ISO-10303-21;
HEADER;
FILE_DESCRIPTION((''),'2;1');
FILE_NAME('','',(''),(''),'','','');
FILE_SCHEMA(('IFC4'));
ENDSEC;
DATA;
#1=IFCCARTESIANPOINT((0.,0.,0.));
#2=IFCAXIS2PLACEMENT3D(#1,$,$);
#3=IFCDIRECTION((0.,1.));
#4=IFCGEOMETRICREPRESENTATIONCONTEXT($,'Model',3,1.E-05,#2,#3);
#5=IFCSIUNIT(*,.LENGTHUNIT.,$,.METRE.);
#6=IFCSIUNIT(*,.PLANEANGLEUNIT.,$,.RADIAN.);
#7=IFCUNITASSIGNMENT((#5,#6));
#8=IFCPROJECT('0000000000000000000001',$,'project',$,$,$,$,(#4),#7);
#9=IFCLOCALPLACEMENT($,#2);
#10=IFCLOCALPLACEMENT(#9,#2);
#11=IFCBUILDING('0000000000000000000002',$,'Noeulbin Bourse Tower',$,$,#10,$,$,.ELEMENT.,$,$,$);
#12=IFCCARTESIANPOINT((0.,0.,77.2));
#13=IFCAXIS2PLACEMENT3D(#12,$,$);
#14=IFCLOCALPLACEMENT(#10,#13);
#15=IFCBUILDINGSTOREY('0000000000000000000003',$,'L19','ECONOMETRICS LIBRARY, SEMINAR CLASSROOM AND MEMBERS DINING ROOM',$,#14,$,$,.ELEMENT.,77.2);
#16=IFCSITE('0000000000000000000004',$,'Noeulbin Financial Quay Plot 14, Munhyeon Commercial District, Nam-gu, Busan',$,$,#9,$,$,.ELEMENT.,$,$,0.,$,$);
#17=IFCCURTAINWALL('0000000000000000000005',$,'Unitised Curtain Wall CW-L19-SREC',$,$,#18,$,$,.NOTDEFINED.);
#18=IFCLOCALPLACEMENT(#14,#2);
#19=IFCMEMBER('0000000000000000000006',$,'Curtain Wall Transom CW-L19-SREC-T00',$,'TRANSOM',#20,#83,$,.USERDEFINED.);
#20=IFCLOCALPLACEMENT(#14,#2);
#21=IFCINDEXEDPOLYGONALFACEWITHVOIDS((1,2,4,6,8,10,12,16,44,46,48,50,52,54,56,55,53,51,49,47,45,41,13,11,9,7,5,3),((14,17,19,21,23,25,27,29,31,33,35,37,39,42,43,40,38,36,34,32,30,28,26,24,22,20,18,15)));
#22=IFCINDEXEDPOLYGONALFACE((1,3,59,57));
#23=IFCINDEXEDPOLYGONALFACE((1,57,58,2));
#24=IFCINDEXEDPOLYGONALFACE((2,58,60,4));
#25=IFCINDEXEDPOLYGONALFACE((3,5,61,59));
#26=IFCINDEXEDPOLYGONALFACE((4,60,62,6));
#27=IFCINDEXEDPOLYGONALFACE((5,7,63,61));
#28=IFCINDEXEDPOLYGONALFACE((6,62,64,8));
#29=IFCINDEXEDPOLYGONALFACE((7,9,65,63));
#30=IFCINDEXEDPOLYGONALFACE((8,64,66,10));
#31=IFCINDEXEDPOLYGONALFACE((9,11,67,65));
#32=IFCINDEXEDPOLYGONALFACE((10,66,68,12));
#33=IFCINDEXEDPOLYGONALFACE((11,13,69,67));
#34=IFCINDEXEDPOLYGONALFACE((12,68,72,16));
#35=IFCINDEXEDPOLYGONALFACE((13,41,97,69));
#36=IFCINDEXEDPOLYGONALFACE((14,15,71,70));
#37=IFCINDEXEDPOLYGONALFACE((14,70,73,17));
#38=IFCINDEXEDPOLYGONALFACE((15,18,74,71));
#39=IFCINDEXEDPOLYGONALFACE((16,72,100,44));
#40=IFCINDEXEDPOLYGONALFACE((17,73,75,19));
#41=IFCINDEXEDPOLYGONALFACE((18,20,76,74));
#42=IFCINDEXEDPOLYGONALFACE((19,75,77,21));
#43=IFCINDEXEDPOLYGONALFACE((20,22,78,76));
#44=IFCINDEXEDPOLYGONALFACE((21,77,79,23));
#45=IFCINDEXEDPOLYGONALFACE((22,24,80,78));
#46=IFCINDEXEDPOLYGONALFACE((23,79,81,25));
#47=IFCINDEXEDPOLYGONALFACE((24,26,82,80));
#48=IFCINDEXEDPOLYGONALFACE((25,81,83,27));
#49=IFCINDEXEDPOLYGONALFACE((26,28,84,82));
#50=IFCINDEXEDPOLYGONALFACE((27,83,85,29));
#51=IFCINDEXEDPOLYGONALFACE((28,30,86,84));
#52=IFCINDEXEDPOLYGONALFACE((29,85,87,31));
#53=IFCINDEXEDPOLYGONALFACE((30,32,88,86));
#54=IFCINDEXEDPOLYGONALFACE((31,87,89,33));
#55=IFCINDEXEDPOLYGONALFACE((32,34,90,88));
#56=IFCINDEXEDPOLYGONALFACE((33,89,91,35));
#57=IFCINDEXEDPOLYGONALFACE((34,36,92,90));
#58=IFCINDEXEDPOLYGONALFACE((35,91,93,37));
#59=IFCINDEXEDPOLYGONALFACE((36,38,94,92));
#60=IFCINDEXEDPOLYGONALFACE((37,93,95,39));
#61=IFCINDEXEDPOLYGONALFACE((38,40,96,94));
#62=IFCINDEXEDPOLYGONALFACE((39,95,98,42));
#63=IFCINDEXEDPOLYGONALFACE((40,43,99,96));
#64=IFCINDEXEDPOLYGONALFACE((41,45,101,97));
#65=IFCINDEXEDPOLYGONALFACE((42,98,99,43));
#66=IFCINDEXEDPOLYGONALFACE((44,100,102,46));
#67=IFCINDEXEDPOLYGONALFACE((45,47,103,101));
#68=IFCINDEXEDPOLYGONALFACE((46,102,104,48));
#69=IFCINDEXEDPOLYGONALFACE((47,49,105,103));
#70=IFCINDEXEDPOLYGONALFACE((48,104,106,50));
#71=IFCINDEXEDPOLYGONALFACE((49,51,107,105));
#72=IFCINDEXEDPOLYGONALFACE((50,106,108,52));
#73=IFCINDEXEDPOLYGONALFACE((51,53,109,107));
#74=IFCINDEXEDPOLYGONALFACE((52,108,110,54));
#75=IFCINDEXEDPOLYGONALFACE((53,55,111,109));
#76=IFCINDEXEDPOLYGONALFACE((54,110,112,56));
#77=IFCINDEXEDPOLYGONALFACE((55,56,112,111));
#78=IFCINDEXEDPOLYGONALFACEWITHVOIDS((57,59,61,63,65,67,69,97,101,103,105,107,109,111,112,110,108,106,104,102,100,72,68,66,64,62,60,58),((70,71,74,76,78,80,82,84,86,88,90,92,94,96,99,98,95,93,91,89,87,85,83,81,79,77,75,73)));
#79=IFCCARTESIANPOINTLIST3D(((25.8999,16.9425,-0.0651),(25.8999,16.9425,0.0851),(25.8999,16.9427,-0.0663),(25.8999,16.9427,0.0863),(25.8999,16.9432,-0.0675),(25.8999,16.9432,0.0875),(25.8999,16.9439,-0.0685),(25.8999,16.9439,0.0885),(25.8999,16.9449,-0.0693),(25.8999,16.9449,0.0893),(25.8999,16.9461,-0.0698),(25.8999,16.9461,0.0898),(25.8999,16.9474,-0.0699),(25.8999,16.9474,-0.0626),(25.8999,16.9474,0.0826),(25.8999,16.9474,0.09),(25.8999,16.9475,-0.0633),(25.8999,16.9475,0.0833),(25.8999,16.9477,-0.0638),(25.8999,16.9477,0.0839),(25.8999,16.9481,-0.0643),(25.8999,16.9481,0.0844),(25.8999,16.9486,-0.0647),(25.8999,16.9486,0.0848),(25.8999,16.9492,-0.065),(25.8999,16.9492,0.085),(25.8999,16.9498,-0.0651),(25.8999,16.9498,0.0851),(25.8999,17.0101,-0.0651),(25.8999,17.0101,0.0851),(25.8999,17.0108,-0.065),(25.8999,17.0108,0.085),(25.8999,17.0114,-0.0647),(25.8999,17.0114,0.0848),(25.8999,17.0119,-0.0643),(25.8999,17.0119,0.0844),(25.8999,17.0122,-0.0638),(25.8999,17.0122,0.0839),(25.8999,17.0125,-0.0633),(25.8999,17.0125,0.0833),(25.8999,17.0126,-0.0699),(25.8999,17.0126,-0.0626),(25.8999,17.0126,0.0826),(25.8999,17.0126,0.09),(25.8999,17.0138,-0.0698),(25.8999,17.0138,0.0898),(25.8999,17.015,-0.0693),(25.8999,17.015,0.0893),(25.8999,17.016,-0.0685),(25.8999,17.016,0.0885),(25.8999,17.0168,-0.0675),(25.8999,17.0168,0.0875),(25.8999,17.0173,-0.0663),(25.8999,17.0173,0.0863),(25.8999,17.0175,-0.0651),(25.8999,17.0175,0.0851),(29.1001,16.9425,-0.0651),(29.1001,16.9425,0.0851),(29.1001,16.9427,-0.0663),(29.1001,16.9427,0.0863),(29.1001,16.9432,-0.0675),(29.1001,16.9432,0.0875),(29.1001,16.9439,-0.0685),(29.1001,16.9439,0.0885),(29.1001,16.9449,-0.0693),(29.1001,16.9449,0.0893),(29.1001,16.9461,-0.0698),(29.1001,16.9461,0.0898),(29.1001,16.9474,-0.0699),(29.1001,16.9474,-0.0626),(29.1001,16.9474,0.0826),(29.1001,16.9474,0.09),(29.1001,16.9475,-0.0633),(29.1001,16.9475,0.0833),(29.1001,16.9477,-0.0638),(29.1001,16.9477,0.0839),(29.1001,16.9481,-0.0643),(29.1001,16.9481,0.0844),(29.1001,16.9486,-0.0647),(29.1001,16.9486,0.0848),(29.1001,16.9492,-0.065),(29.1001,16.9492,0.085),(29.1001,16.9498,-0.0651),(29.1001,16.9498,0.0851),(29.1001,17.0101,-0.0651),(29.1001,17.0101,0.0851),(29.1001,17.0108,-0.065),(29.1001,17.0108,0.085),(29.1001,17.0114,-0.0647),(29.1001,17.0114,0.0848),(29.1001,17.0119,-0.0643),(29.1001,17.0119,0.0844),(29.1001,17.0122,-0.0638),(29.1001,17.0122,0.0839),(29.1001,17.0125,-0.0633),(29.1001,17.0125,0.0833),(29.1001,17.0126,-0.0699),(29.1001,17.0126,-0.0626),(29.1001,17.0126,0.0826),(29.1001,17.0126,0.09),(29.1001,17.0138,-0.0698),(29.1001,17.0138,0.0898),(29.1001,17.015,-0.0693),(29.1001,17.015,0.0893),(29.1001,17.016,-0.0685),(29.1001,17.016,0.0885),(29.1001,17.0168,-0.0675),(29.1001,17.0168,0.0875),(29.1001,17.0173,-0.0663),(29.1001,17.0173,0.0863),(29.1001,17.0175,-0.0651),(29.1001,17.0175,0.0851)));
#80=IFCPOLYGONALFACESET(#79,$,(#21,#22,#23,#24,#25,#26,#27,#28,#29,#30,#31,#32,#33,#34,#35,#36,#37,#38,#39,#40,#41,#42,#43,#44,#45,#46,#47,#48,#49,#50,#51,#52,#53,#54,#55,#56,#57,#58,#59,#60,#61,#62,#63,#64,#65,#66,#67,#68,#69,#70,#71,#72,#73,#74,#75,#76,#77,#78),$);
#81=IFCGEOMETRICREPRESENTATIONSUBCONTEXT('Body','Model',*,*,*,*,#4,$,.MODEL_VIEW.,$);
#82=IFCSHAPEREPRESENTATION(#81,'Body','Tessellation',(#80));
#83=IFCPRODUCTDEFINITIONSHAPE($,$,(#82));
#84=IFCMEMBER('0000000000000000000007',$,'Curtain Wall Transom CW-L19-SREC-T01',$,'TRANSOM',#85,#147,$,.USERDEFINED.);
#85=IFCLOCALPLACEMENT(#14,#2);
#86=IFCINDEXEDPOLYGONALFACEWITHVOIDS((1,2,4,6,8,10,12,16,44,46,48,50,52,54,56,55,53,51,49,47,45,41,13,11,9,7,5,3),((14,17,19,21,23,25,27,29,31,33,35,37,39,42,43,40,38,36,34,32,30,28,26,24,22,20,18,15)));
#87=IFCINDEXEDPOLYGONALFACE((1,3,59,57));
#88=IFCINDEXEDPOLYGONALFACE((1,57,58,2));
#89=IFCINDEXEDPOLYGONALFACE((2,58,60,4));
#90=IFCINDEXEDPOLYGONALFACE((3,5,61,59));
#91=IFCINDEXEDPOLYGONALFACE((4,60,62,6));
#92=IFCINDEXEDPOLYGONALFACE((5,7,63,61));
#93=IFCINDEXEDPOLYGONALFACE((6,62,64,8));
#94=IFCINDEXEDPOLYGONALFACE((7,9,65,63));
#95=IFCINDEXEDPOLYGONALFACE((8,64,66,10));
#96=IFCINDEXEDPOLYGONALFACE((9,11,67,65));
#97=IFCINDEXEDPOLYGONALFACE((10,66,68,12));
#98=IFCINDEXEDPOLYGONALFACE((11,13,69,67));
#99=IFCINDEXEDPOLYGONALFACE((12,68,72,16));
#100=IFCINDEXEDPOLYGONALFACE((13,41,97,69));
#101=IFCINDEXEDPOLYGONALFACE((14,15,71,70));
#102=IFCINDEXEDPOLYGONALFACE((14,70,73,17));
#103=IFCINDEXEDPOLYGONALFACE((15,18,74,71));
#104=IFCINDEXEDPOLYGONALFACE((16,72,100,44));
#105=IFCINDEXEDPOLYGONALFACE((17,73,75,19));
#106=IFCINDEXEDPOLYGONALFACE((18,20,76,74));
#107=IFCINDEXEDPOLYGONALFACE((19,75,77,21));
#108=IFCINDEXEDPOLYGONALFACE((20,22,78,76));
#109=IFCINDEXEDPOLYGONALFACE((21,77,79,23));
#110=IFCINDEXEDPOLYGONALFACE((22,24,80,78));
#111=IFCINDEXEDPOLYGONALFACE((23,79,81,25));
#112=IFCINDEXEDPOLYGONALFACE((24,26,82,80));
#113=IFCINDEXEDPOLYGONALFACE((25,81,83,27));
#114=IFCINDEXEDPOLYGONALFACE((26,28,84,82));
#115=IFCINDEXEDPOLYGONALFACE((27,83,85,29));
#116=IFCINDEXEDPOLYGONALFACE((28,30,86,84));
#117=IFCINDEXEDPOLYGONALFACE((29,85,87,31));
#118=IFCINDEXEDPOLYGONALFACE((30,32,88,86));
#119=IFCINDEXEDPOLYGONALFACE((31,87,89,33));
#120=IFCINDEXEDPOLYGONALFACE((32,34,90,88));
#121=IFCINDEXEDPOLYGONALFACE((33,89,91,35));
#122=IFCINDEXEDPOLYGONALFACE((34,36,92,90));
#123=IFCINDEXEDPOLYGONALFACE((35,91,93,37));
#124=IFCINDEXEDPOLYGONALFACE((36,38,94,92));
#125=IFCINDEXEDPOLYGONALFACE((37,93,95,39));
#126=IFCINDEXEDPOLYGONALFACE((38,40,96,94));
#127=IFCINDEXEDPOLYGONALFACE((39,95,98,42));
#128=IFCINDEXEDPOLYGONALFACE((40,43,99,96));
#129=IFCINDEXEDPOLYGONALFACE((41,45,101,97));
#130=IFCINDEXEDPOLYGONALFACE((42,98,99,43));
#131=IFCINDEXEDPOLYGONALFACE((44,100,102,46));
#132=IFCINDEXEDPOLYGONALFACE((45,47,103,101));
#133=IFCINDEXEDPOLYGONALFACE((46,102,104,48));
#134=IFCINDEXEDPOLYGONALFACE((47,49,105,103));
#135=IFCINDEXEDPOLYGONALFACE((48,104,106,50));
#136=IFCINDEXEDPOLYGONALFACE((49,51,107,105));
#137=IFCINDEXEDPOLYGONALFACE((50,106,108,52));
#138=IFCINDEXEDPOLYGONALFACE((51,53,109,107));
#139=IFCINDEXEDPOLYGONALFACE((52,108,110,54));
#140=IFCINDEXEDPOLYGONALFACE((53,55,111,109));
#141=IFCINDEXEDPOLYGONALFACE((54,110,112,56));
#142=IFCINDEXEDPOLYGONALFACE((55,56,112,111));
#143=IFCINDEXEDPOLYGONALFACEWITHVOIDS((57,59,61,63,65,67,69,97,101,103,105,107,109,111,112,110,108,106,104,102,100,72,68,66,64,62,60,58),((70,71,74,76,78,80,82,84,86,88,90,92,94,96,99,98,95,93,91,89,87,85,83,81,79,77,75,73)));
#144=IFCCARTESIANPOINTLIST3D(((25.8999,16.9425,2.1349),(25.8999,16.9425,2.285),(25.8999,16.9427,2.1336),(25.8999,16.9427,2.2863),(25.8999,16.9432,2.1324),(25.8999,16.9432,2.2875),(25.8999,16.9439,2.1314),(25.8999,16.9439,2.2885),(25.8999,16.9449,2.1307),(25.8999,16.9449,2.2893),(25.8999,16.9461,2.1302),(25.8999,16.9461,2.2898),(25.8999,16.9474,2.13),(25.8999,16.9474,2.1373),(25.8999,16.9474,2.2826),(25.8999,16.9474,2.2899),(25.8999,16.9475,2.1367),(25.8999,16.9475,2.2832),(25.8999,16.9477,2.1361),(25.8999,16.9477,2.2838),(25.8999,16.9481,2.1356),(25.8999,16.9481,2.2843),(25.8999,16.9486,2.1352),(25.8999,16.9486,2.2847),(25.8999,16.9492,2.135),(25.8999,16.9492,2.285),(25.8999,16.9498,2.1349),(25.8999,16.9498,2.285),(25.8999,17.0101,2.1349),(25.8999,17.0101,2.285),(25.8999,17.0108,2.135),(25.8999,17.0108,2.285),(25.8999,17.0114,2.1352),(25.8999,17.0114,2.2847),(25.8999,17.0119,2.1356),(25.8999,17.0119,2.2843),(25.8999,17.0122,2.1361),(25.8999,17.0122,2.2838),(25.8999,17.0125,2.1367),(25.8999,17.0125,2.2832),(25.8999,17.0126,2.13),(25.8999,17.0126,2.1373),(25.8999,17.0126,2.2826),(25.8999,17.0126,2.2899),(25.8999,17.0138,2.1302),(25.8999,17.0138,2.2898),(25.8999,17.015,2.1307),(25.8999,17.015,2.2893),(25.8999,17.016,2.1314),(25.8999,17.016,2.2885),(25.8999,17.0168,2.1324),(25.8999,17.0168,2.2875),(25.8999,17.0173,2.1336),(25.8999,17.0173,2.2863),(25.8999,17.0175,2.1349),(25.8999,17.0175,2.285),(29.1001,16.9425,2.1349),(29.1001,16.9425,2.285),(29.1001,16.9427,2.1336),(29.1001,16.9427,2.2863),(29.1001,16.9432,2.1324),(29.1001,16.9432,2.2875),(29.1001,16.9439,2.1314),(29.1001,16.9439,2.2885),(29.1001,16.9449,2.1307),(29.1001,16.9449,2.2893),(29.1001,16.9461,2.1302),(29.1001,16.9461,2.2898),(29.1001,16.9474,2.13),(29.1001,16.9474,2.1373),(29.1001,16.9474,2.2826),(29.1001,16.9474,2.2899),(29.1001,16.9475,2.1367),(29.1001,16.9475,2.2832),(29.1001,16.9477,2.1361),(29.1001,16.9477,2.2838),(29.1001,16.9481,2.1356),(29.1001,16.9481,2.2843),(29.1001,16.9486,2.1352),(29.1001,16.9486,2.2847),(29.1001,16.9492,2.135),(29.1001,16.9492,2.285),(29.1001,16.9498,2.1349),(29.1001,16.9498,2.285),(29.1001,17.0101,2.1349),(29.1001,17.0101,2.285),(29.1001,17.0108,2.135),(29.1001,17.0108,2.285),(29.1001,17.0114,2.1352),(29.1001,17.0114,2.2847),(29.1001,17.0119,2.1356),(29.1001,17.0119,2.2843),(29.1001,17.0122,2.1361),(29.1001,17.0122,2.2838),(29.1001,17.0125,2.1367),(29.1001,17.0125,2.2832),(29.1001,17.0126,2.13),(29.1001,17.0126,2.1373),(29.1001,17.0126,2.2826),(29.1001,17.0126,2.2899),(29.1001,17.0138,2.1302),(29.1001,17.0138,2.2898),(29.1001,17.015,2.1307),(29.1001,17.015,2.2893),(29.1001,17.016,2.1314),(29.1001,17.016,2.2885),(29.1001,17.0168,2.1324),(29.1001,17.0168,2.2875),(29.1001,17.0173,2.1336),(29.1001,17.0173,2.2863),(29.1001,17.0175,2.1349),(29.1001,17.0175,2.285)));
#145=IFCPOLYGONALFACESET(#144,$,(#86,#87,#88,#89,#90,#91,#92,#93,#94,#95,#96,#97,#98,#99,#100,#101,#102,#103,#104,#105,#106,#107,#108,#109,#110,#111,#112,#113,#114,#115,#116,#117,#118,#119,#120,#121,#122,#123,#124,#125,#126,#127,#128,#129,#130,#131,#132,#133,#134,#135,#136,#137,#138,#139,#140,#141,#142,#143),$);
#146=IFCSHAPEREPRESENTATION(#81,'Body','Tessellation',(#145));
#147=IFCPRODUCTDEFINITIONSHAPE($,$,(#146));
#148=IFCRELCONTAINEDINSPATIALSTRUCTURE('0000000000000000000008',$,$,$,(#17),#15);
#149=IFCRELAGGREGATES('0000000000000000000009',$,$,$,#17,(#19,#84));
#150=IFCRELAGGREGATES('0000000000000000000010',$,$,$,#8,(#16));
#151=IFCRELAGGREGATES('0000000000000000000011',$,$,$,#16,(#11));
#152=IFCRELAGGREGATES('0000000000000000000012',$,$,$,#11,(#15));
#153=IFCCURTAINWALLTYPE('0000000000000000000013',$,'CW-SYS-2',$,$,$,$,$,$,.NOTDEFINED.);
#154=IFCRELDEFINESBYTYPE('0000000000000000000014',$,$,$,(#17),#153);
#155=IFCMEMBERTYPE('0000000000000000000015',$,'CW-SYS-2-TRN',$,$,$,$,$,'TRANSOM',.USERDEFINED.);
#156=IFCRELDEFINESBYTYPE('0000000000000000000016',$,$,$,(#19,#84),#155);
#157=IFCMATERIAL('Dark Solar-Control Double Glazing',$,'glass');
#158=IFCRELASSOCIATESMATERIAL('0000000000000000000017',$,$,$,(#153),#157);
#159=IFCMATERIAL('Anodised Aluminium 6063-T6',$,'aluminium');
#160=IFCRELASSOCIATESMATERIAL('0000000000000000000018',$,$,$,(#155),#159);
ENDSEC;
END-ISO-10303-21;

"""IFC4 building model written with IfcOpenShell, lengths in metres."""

from ifc_helpers import new_model, si_unit, direction, frame, origin, origin_2d, place, context, subcontext, project, spatial, hollow_rectangle, extrude, material, material_profile, profile_set, type_object, element, aggregate, save


model = new_model("IFC4")

# Units and contexts
model_context = context("Model", 3, precision=1e-05, world=origin(), true_north=direction((0.0, 1.0)))
body_context = subcontext(model_context, "Body", "Model", "MODEL_VIEW")
ifc_project = project(units=[si_unit("LENGTHUNIT", "METRE"), si_unit("PLANEANGLEUNIT", "RADIAN")], contexts=[model_context])

# Site, building, storey
site_placement = place(None, origin())
site = spatial("IfcSite", under=ifc_project, at=site_placement, Name="Noeulbin Financial Quay Plot 14, Munhyeon Commercial District, Nam-gu, Busan", CompositionType="ELEMENT", RefElevation=0.0)
building_placement = place(site_placement, origin())
building = spatial("IfcBuilding", under=site, at=building_placement, Name="Noeulbin Bourse Tower", CompositionType="ELEMENT")
storey_placement = place(building_placement, frame((0.0, 0.0, 77.2)))
storey = spatial("IfcBuildingStorey", under=building, at=storey_placement, Name="L19", Description="ECONOMETRICS LIBRARY, SEMINAR CLASSROOM AND MEMBERS DINING ROOM", CompositionType="ELEMENT", Elevation=77.2)

# Curtain wall
ifc_material_1 = material(Name="Dark Solar-Control Double Glazing", Category="glass")
curtain_wall_type = type_object("IfcCurtainWallType", Name="CW-SYS-2", PredefinedType="NOTDEFINED", material=ifc_material_1)
curtain_wall_1_placement = place(storey_placement, origin())
curtain_wall_1 = element("IfcCurtainWall", 1, at=curtain_wall_1_placement, inside=storey, type_object=curtain_wall_type, Name="Unitised Curtain Wall CW-L19-SREC", PredefinedType="NOTDEFINED")
ifc_material_2 = material(Name="Anodised Aluminium 6063-T6", Category="aluminium")

# Members
ifc_material_profile_1 = material_profile(ifc_material_2, hollow_rectangle(XDim=0.075, YDim=0.1599, WallThickness=0.0049, InnerFilletRadius=0.0024, OuterFilletRadius=0.0049, at=origin_2d()), Name="ALU-TRAN-75x160x5", Category="LoadBearing")
ifc_profile_set_1 = profile_set([ifc_material_profile_1], Name="Anodised Aluminium 6063-T6")
member_type_1 = type_object("IfcMemberType", Name="CW-SYS-2-TRN", ElementType="TRANSOM", PredefinedType="USERDEFINED", material=ifc_profile_set_1)
member_1_placement = place(storey_placement, frame((25.8999, 16.98, 0.01), z_axis=(1.0, 0.0, 0.0), x_axis=(0.0, 1.0, 0.0)))
member_1 = element("IfcMember", 2, at=member_1_placement, type_object=member_type_1, Name="Curtain Wall Transom CW-L19-SREC-T00", ObjectType="TRANSOM", PredefinedType="USERDEFINED", context=body_context, shape_type="SweptSolid", body=[
    extrude(hollow_rectangle(XDim=0.075, YDim=0.1599, WallThickness=0.0049, InnerFilletRadius=0.0024, OuterFilletRadius=0.0049, at=origin_2d()), origin(), (0.0, 0.0, 1.0), 3.2002),
])
member_2_placement = place(storey_placement, frame((25.8999, 16.98, 2.21), z_axis=(1.0, 0.0, 0.0), x_axis=(0.0, 1.0, 0.0)))
member_2 = element("IfcMember", 3, at=member_2_placement, type_object=member_type_1, Name="Curtain Wall Transom CW-L19-SREC-T01", ObjectType="TRANSOM", PredefinedType="USERDEFINED", context=body_context, shape_type="SweptSolid", body=[
    extrude(hollow_rectangle(XDim=0.075, YDim=0.1599, WallThickness=0.0049, InnerFilletRadius=0.0024, OuterFilletRadius=0.0049, at=origin_2d()), origin(), (0.0, 0.0, 1.0), 3.2002),
])

aggregate(curtain_wall_1, [member_1, member_2])

save(model, "model.ifc")
